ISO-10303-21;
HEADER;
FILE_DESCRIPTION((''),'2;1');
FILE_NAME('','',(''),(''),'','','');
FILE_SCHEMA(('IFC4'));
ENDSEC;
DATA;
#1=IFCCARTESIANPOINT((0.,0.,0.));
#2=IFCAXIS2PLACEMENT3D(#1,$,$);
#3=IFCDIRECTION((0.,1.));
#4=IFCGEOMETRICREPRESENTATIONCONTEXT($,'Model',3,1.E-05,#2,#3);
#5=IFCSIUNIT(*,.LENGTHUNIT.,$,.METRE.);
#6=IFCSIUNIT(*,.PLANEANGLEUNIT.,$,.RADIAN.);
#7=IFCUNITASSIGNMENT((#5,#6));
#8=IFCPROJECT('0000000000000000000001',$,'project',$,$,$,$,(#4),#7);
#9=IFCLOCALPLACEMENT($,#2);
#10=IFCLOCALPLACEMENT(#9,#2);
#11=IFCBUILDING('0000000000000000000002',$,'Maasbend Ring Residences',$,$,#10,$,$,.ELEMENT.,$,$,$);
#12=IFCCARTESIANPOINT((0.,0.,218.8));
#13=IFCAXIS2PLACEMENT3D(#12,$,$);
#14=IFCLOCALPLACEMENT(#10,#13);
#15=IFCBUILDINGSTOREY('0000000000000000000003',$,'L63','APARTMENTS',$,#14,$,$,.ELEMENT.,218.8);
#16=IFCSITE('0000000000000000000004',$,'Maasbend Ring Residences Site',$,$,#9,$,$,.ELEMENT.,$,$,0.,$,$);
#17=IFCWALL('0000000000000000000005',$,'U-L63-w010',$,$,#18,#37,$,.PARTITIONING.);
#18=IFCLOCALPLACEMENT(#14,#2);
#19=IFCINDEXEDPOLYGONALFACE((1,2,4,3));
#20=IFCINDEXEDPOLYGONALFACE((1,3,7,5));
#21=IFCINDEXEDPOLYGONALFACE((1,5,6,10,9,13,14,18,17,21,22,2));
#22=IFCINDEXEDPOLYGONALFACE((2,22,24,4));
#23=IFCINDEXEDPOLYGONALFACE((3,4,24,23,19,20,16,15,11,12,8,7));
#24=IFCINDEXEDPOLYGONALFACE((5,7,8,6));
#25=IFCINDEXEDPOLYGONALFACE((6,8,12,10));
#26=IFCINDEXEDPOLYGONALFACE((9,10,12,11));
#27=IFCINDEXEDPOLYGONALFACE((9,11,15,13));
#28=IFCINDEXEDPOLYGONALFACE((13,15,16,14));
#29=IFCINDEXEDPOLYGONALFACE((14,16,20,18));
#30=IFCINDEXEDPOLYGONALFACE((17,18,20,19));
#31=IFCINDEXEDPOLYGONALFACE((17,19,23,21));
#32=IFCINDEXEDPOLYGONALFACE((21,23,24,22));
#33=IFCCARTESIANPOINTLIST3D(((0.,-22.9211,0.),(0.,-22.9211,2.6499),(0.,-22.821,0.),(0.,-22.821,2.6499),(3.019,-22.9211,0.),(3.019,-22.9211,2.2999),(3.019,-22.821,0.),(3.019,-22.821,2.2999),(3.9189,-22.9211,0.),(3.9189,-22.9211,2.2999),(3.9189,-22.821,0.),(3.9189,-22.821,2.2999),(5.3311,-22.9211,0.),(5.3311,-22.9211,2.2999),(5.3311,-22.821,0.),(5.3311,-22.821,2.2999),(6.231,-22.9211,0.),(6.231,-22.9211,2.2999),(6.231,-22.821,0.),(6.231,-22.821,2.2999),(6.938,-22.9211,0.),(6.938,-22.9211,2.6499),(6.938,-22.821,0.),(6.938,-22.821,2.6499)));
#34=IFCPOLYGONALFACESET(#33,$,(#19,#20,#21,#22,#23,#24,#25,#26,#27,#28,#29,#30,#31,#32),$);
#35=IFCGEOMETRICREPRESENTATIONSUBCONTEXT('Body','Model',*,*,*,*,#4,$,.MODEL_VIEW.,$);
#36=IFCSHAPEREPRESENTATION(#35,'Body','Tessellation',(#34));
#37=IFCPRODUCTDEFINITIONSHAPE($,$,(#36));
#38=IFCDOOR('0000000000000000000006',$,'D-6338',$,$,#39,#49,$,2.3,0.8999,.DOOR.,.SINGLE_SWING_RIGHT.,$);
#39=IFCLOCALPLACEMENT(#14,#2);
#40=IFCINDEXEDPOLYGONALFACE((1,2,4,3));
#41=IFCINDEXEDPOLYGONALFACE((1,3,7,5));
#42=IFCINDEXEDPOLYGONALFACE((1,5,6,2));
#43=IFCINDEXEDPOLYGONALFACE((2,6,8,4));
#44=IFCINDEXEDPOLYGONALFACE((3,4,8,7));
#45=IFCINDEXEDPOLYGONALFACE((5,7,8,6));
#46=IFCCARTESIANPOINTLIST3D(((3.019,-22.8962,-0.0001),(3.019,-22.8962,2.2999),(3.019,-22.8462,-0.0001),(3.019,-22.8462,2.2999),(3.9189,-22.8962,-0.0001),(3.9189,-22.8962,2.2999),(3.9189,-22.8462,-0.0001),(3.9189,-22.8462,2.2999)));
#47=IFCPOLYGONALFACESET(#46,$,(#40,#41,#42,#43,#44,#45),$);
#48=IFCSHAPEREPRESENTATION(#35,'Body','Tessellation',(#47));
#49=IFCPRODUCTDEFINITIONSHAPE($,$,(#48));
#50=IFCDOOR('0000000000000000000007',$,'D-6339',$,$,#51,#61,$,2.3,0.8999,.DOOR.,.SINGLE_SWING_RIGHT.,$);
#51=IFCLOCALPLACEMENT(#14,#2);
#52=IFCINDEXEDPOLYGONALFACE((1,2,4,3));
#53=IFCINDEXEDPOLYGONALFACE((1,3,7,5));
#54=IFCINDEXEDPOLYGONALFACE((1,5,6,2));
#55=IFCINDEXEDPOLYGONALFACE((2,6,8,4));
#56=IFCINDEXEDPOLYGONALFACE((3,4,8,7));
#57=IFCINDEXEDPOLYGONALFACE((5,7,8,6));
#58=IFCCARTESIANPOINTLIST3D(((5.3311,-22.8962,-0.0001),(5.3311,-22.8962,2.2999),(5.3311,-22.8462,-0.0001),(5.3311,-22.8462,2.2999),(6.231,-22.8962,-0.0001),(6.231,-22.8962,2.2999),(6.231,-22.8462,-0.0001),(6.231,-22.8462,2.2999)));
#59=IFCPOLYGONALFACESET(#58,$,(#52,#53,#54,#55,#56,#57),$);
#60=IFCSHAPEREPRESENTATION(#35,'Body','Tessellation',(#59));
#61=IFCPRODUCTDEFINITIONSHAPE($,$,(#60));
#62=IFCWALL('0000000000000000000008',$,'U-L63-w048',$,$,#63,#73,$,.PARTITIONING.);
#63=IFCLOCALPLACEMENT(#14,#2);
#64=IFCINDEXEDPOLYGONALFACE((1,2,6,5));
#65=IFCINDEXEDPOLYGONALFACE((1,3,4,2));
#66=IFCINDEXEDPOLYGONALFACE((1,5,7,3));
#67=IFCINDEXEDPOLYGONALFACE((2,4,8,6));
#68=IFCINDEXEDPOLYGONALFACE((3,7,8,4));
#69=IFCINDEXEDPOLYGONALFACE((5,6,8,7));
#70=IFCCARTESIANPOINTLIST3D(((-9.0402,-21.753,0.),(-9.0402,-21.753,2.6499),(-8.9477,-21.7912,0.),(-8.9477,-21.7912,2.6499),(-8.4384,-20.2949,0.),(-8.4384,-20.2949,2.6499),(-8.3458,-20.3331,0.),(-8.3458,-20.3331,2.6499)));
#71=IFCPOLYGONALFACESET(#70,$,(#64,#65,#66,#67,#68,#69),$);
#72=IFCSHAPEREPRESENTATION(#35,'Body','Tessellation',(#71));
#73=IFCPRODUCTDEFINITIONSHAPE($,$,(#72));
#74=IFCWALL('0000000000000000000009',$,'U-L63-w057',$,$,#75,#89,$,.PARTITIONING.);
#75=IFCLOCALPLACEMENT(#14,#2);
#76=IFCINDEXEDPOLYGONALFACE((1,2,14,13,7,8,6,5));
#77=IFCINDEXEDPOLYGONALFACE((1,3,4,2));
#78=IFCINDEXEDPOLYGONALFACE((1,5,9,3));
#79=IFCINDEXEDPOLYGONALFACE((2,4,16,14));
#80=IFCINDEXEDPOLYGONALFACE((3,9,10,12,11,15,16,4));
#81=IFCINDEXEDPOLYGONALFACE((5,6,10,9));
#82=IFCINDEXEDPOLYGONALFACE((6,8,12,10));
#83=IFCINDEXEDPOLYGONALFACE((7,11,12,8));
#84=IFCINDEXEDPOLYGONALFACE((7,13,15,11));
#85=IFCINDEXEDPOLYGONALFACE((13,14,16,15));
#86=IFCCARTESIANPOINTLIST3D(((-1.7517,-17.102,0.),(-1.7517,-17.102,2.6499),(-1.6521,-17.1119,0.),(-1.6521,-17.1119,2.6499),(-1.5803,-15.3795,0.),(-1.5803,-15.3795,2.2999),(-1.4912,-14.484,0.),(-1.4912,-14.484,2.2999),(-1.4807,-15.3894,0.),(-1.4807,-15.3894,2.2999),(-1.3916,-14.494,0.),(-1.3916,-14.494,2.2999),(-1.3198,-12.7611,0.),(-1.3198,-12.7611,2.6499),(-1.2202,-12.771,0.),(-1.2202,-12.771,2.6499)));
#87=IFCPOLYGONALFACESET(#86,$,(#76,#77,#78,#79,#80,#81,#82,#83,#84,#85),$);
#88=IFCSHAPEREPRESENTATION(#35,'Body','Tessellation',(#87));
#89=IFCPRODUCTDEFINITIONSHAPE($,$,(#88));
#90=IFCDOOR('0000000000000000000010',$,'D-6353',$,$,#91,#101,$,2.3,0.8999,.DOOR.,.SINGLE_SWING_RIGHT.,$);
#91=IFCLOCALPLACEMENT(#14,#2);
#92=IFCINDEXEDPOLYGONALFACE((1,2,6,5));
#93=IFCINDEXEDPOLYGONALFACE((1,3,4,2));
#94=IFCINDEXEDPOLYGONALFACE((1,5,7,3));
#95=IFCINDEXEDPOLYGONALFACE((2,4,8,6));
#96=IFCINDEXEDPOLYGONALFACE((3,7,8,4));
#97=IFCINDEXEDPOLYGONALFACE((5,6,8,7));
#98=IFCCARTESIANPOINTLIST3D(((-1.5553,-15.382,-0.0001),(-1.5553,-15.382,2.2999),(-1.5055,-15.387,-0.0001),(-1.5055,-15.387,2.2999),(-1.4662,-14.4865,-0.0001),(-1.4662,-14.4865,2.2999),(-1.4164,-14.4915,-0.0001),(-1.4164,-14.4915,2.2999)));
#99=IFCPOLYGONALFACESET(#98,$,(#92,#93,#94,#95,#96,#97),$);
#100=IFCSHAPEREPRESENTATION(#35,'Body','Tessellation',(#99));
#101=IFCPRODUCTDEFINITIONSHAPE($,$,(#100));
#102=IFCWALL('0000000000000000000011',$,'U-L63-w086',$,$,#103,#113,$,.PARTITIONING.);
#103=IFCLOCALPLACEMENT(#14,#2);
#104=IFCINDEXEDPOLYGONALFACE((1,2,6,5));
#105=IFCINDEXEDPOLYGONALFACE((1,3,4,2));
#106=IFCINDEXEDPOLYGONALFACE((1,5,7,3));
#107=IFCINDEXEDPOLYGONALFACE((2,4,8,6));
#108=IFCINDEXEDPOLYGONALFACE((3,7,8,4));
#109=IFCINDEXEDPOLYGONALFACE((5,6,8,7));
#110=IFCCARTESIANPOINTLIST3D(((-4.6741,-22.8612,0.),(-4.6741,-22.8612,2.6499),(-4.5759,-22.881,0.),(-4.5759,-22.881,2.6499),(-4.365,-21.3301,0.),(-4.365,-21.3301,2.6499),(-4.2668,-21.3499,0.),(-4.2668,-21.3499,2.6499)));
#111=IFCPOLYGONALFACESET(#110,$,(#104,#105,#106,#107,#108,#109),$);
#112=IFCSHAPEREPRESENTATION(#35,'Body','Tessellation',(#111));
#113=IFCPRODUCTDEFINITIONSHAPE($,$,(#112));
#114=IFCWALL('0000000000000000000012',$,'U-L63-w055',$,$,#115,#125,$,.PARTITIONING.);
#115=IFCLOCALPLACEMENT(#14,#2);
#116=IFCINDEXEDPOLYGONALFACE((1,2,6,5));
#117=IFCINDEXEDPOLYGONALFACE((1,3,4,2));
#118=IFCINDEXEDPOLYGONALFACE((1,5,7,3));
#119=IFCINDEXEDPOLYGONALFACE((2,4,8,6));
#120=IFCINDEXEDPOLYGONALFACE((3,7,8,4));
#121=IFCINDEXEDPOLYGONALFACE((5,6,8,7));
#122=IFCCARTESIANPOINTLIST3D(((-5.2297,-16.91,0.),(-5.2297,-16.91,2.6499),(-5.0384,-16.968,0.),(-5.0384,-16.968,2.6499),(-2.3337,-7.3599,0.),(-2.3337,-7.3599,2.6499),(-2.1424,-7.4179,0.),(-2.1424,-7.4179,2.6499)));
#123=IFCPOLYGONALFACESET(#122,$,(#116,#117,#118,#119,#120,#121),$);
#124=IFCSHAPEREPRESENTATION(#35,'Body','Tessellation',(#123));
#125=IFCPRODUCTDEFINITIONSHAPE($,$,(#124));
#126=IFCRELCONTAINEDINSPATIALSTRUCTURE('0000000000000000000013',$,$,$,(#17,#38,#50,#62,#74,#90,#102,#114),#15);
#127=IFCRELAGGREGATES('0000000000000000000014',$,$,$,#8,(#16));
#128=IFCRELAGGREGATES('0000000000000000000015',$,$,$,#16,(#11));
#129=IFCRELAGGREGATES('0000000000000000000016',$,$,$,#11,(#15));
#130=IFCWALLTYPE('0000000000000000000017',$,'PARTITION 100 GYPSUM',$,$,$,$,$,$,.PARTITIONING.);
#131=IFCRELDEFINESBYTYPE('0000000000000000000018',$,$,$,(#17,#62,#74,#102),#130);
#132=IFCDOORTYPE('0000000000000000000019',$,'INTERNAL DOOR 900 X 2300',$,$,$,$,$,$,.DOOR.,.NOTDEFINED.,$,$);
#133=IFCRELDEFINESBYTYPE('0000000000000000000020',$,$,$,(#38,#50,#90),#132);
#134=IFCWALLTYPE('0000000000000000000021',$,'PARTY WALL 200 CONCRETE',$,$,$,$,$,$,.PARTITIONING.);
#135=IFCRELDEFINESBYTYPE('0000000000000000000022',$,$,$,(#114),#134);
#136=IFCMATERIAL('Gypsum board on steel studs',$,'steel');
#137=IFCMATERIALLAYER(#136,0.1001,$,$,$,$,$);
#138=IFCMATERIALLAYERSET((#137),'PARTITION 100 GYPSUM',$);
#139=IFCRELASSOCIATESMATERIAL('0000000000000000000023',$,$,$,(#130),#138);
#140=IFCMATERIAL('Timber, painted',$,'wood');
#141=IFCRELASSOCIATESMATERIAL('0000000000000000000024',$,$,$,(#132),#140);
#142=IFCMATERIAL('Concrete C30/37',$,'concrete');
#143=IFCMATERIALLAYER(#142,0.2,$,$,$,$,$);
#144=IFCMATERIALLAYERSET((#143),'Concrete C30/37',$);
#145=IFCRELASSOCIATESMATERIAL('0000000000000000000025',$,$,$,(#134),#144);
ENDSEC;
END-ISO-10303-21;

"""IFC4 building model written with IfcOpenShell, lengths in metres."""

from ifc_helpers import new_model, si_unit, direction, frame, frame_2d, origin, place, context, subcontext, project, spatial, rectangle, extrude, material, layer, layer_set, type_object, element, fill, save


model = new_model("IFC4")

# Units and contexts
model_context = context("Model", 3, precision=1e-05, world=origin(), true_north=direction((0.0, 1.0)))
body_context = subcontext(model_context, "Body", "Model", "MODEL_VIEW")
ifc_project = project(units=[si_unit("LENGTHUNIT", "METRE"), si_unit("PLANEANGLEUNIT", "RADIAN")], contexts=[model_context])

# Site, building, storey
site_placement = place(None, origin())
site = spatial("IfcSite", under=ifc_project, at=site_placement, Name="Maasbend Ring Residences Site", CompositionType="ELEMENT", RefElevation=0.0)
building_placement = place(site_placement, origin())
building = spatial("IfcBuilding", under=site, at=building_placement, Name="Maasbend Ring Residences", CompositionType="ELEMENT")
storey_placement = place(building_placement, frame((0.0, 0.0, 218.8)))
storey = spatial("IfcBuildingStorey", under=building, at=storey_placement, Name="L63", Description="APARTMENTS", CompositionType="ELEMENT", Elevation=218.8)

# Shared definitions
ifc_material_1 = material(Name="Gypsum board on steel studs", Category="steel")
ifc_layer_1 = layer(ifc_material_1, 0.1001)
ifc_layer_set_1 = layer_set([ifc_layer_1], Name="PARTITION 100 GYPSUM")
wall_type_1 = type_object("IfcWallType", Name="PARTITION 100 GYPSUM", PredefinedType="PARTITIONING", material=ifc_layer_set_1)
ifc_material_2 = material(Name="Timber, painted", Category="wood")
door_type_1 = type_object("IfcDoorType", Name="INTERNAL DOOR 900 X 2300", OperationType="NOTDEFINED", PredefinedType="DOOR", material=ifc_material_2)

# Wall, openings, doors
wall_1_placement = place(storey_placement, frame((0.0, -22.8711, 0.0), z_axis=(0.0, 0.0, 1.0), x_axis=(1.0, 0.0, 0.0)))
wall_1 = element("IfcWall", 1, at=wall_1_placement, inside=storey, type_object=wall_type_1, Name="U-L63-w010", PredefinedType="PARTITIONING", context=body_context, shape_type="SweptSolid", body=[
    extrude(rectangle(XDim=6.938, YDim=0.1001, at=frame_2d((3.469, 0.0))), origin(), (0.0, 0.0, 1.0), 2.6499),
])
opening_1_placement = place(wall_1_placement, frame((3.019, 0.0, 0.0)))
opening_1 = element("IfcOpeningElement", 2, at=opening_1_placement, cuts=wall_1, PredefinedType="OPENING", context=body_context, shape_type="SweptSolid", body=[
    extrude(rectangle(XDim=0.8999, YDim=2.3, at=frame_2d((0.45, 1.1499))), frame((0.0, 0.0601, 0.0), z_axis=(0.0, -1.0, 0.0), x_axis=(1.0, 0.0, 0.0)), (0.0, 0.0, 1.0), 0.1201),
])
opening_2_placement = place(wall_1_placement, frame((5.3311, 0.0, 0.0)))
opening_2 = element("IfcOpeningElement", 3, at=opening_2_placement, cuts=wall_1, PredefinedType="OPENING", context=body_context, shape_type="SweptSolid", body=[
    extrude(rectangle(XDim=0.8999, YDim=2.3, at=frame_2d((0.45, 1.1499))), frame((0.0, 0.0601, 0.0), z_axis=(0.0, -1.0, 0.0), x_axis=(1.0, 0.0, 0.0)), (0.0, 0.0, 1.0), 0.1201),
])
door_1_placement = place(opening_1_placement, origin())
door_1 = element("IfcDoor", 4, at=door_1_placement, inside=storey, type_object=door_type_1, Name="D-6338", OperationType="SINGLE_SWING_RIGHT", OverallHeight=2.3, OverallWidth=0.8999, PredefinedType="DOOR", context=body_context, shape_type="SweptSolid", body=[
    extrude(rectangle(XDim=0.8999, YDim=2.3, at=frame_2d((0.45, 1.1499))), frame((0.0, 0.0249, 0.0), z_axis=(0.0, -1.0, 0.0), x_axis=(1.0, 0.0, 0.0)), (0.0, 0.0, 1.0), 0.05),
])
fill(opening_1, door_1)
door_2_placement = place(opening_2_placement, origin())
door_2 = element("IfcDoor", 5, at=door_2_placement, inside=storey, type_object=door_type_1, Name="D-6339", OperationType="SINGLE_SWING_RIGHT", OverallHeight=2.3, OverallWidth=0.8999, PredefinedType="DOOR", context=body_context, shape_type="SweptSolid", body=[
    extrude(rectangle(XDim=0.8999, YDim=2.3, at=frame_2d((0.45, 1.1499))), frame((0.0, 0.0249, 0.0), z_axis=(0.0, -1.0, 0.0), x_axis=(1.0, 0.0, 0.0)), (0.0, 0.0, 1.0), 0.05),
])
fill(opening_2, door_2)

# Wall
wall_2_placement = place(storey_placement, frame((-8.9939, -21.772, 0.0), z_axis=(0.0, 0.0, 1.0), x_axis=(0.381536, 0.924354, 0.0)))
element("IfcWall", 6, at=wall_2_placement, inside=storey, type_object=wall_type_1, Name="U-L63-w048", PredefinedType="PARTITIONING", context=body_context, shape_type="SweptSolid", body=[
    extrude(rectangle(XDim=1.5774, YDim=0.1001, at=frame_2d((0.7886, 0.0))), origin(), (0.0, 0.0, 1.0), 2.6499),
])

# Wall, opening, door
wall_3_placement = place(storey_placement, frame((-1.7019, -17.1069, 0.0), z_axis=(0.0, 0.0, 1.0), x_axis=(0.099005, 0.995087, 0.0)))
wall_3 = element("IfcWall", 7, at=wall_3_placement, inside=storey, type_object=wall_type_1, Name="U-L63-w057", PredefinedType="PARTITIONING", context=body_context, shape_type="SweptSolid", body=[
    extrude(rectangle(XDim=4.3623, YDim=0.1001, at=frame_2d((2.1812, 0.0))), origin(), (0.0, 0.0, 1.0), 2.6499),
])
opening_3_placement = place(wall_3_placement, frame((1.731, 0.0, 0.0)))
opening_3 = element("IfcOpeningElement", 8, at=opening_3_placement, cuts=wall_3, PredefinedType="OPENING", context=body_context, shape_type="SweptSolid", body=[
    extrude(rectangle(XDim=0.8999, YDim=2.3, at=frame_2d((0.45, 1.1499))), frame((0.0, 0.0601, 0.0), z_axis=(0.0, -1.0, 0.0), x_axis=(1.0, 0.0, 0.0)), (0.0, 0.0, 1.0), 0.1201),
])
door_3_placement = place(opening_3_placement, origin())
door_3 = element("IfcDoor", 9, at=door_3_placement, inside=storey, type_object=door_type_1, Name="D-6353", OperationType="SINGLE_SWING_RIGHT", OverallHeight=2.3, OverallWidth=0.8999, PredefinedType="DOOR", context=body_context, shape_type="SweptSolid", body=[
    extrude(rectangle(XDim=0.8999, YDim=2.3, at=frame_2d((0.45, 1.1499))), frame((0.0, 0.0249, 0.0), z_axis=(0.0, -1.0, 0.0), x_axis=(1.0, 0.0, 0.0)), (0.0, 0.0, 1.0), 0.05),
])
fill(opening_3, door_3)

# Walls
wall_4_placement = place(storey_placement, frame((-4.625, -22.8711, 0.0), z_axis=(0.0, 0.0, 1.0), x_axis=(0.197889, 0.980224, 0.0)))
element("IfcWall", 10, at=wall_4_placement, inside=storey, type_object=wall_type_1, Name="U-L63-w086", PredefinedType="PARTITIONING", context=body_context, shape_type="SweptSolid", body=[
    extrude(rectangle(XDim=1.562, YDim=0.1001, at=frame_2d((0.781, 0.0))), origin(), (0.0, 0.0, 1.0), 2.6499),
])
ifc_material_3 = material(Name="Concrete C30/37", Category="concrete")
ifc_layer_2 = layer(ifc_material_3, 0.2)
ifc_layer_set_2 = layer_set([ifc_layer_2], Name="Concrete C30/37")
wall_type_2 = type_object("IfcWallType", Name="PARTY WALL 200 CONCRETE", PredefinedType="PARTITIONING", material=ifc_layer_set_2)
wall_5_placement = place(storey_placement, frame((-5.134, -16.939, 0.0), z_axis=(0.0, 0.0, 1.0), x_axis=(0.290195, 0.956968, 0.0)))
element("IfcWall", 11, at=wall_5_placement, inside=storey, type_object=wall_type_2, Name="U-L63-w055", PredefinedType="PARTITIONING", context=body_context, shape_type="SweptSolid", body=[
    extrude(rectangle(XDim=9.9795, YDim=0.2, at=frame_2d((4.9897, 0.0))), origin(), (0.0, 0.0, 1.0), 2.6499),
])

save(model, "model.ifc")
